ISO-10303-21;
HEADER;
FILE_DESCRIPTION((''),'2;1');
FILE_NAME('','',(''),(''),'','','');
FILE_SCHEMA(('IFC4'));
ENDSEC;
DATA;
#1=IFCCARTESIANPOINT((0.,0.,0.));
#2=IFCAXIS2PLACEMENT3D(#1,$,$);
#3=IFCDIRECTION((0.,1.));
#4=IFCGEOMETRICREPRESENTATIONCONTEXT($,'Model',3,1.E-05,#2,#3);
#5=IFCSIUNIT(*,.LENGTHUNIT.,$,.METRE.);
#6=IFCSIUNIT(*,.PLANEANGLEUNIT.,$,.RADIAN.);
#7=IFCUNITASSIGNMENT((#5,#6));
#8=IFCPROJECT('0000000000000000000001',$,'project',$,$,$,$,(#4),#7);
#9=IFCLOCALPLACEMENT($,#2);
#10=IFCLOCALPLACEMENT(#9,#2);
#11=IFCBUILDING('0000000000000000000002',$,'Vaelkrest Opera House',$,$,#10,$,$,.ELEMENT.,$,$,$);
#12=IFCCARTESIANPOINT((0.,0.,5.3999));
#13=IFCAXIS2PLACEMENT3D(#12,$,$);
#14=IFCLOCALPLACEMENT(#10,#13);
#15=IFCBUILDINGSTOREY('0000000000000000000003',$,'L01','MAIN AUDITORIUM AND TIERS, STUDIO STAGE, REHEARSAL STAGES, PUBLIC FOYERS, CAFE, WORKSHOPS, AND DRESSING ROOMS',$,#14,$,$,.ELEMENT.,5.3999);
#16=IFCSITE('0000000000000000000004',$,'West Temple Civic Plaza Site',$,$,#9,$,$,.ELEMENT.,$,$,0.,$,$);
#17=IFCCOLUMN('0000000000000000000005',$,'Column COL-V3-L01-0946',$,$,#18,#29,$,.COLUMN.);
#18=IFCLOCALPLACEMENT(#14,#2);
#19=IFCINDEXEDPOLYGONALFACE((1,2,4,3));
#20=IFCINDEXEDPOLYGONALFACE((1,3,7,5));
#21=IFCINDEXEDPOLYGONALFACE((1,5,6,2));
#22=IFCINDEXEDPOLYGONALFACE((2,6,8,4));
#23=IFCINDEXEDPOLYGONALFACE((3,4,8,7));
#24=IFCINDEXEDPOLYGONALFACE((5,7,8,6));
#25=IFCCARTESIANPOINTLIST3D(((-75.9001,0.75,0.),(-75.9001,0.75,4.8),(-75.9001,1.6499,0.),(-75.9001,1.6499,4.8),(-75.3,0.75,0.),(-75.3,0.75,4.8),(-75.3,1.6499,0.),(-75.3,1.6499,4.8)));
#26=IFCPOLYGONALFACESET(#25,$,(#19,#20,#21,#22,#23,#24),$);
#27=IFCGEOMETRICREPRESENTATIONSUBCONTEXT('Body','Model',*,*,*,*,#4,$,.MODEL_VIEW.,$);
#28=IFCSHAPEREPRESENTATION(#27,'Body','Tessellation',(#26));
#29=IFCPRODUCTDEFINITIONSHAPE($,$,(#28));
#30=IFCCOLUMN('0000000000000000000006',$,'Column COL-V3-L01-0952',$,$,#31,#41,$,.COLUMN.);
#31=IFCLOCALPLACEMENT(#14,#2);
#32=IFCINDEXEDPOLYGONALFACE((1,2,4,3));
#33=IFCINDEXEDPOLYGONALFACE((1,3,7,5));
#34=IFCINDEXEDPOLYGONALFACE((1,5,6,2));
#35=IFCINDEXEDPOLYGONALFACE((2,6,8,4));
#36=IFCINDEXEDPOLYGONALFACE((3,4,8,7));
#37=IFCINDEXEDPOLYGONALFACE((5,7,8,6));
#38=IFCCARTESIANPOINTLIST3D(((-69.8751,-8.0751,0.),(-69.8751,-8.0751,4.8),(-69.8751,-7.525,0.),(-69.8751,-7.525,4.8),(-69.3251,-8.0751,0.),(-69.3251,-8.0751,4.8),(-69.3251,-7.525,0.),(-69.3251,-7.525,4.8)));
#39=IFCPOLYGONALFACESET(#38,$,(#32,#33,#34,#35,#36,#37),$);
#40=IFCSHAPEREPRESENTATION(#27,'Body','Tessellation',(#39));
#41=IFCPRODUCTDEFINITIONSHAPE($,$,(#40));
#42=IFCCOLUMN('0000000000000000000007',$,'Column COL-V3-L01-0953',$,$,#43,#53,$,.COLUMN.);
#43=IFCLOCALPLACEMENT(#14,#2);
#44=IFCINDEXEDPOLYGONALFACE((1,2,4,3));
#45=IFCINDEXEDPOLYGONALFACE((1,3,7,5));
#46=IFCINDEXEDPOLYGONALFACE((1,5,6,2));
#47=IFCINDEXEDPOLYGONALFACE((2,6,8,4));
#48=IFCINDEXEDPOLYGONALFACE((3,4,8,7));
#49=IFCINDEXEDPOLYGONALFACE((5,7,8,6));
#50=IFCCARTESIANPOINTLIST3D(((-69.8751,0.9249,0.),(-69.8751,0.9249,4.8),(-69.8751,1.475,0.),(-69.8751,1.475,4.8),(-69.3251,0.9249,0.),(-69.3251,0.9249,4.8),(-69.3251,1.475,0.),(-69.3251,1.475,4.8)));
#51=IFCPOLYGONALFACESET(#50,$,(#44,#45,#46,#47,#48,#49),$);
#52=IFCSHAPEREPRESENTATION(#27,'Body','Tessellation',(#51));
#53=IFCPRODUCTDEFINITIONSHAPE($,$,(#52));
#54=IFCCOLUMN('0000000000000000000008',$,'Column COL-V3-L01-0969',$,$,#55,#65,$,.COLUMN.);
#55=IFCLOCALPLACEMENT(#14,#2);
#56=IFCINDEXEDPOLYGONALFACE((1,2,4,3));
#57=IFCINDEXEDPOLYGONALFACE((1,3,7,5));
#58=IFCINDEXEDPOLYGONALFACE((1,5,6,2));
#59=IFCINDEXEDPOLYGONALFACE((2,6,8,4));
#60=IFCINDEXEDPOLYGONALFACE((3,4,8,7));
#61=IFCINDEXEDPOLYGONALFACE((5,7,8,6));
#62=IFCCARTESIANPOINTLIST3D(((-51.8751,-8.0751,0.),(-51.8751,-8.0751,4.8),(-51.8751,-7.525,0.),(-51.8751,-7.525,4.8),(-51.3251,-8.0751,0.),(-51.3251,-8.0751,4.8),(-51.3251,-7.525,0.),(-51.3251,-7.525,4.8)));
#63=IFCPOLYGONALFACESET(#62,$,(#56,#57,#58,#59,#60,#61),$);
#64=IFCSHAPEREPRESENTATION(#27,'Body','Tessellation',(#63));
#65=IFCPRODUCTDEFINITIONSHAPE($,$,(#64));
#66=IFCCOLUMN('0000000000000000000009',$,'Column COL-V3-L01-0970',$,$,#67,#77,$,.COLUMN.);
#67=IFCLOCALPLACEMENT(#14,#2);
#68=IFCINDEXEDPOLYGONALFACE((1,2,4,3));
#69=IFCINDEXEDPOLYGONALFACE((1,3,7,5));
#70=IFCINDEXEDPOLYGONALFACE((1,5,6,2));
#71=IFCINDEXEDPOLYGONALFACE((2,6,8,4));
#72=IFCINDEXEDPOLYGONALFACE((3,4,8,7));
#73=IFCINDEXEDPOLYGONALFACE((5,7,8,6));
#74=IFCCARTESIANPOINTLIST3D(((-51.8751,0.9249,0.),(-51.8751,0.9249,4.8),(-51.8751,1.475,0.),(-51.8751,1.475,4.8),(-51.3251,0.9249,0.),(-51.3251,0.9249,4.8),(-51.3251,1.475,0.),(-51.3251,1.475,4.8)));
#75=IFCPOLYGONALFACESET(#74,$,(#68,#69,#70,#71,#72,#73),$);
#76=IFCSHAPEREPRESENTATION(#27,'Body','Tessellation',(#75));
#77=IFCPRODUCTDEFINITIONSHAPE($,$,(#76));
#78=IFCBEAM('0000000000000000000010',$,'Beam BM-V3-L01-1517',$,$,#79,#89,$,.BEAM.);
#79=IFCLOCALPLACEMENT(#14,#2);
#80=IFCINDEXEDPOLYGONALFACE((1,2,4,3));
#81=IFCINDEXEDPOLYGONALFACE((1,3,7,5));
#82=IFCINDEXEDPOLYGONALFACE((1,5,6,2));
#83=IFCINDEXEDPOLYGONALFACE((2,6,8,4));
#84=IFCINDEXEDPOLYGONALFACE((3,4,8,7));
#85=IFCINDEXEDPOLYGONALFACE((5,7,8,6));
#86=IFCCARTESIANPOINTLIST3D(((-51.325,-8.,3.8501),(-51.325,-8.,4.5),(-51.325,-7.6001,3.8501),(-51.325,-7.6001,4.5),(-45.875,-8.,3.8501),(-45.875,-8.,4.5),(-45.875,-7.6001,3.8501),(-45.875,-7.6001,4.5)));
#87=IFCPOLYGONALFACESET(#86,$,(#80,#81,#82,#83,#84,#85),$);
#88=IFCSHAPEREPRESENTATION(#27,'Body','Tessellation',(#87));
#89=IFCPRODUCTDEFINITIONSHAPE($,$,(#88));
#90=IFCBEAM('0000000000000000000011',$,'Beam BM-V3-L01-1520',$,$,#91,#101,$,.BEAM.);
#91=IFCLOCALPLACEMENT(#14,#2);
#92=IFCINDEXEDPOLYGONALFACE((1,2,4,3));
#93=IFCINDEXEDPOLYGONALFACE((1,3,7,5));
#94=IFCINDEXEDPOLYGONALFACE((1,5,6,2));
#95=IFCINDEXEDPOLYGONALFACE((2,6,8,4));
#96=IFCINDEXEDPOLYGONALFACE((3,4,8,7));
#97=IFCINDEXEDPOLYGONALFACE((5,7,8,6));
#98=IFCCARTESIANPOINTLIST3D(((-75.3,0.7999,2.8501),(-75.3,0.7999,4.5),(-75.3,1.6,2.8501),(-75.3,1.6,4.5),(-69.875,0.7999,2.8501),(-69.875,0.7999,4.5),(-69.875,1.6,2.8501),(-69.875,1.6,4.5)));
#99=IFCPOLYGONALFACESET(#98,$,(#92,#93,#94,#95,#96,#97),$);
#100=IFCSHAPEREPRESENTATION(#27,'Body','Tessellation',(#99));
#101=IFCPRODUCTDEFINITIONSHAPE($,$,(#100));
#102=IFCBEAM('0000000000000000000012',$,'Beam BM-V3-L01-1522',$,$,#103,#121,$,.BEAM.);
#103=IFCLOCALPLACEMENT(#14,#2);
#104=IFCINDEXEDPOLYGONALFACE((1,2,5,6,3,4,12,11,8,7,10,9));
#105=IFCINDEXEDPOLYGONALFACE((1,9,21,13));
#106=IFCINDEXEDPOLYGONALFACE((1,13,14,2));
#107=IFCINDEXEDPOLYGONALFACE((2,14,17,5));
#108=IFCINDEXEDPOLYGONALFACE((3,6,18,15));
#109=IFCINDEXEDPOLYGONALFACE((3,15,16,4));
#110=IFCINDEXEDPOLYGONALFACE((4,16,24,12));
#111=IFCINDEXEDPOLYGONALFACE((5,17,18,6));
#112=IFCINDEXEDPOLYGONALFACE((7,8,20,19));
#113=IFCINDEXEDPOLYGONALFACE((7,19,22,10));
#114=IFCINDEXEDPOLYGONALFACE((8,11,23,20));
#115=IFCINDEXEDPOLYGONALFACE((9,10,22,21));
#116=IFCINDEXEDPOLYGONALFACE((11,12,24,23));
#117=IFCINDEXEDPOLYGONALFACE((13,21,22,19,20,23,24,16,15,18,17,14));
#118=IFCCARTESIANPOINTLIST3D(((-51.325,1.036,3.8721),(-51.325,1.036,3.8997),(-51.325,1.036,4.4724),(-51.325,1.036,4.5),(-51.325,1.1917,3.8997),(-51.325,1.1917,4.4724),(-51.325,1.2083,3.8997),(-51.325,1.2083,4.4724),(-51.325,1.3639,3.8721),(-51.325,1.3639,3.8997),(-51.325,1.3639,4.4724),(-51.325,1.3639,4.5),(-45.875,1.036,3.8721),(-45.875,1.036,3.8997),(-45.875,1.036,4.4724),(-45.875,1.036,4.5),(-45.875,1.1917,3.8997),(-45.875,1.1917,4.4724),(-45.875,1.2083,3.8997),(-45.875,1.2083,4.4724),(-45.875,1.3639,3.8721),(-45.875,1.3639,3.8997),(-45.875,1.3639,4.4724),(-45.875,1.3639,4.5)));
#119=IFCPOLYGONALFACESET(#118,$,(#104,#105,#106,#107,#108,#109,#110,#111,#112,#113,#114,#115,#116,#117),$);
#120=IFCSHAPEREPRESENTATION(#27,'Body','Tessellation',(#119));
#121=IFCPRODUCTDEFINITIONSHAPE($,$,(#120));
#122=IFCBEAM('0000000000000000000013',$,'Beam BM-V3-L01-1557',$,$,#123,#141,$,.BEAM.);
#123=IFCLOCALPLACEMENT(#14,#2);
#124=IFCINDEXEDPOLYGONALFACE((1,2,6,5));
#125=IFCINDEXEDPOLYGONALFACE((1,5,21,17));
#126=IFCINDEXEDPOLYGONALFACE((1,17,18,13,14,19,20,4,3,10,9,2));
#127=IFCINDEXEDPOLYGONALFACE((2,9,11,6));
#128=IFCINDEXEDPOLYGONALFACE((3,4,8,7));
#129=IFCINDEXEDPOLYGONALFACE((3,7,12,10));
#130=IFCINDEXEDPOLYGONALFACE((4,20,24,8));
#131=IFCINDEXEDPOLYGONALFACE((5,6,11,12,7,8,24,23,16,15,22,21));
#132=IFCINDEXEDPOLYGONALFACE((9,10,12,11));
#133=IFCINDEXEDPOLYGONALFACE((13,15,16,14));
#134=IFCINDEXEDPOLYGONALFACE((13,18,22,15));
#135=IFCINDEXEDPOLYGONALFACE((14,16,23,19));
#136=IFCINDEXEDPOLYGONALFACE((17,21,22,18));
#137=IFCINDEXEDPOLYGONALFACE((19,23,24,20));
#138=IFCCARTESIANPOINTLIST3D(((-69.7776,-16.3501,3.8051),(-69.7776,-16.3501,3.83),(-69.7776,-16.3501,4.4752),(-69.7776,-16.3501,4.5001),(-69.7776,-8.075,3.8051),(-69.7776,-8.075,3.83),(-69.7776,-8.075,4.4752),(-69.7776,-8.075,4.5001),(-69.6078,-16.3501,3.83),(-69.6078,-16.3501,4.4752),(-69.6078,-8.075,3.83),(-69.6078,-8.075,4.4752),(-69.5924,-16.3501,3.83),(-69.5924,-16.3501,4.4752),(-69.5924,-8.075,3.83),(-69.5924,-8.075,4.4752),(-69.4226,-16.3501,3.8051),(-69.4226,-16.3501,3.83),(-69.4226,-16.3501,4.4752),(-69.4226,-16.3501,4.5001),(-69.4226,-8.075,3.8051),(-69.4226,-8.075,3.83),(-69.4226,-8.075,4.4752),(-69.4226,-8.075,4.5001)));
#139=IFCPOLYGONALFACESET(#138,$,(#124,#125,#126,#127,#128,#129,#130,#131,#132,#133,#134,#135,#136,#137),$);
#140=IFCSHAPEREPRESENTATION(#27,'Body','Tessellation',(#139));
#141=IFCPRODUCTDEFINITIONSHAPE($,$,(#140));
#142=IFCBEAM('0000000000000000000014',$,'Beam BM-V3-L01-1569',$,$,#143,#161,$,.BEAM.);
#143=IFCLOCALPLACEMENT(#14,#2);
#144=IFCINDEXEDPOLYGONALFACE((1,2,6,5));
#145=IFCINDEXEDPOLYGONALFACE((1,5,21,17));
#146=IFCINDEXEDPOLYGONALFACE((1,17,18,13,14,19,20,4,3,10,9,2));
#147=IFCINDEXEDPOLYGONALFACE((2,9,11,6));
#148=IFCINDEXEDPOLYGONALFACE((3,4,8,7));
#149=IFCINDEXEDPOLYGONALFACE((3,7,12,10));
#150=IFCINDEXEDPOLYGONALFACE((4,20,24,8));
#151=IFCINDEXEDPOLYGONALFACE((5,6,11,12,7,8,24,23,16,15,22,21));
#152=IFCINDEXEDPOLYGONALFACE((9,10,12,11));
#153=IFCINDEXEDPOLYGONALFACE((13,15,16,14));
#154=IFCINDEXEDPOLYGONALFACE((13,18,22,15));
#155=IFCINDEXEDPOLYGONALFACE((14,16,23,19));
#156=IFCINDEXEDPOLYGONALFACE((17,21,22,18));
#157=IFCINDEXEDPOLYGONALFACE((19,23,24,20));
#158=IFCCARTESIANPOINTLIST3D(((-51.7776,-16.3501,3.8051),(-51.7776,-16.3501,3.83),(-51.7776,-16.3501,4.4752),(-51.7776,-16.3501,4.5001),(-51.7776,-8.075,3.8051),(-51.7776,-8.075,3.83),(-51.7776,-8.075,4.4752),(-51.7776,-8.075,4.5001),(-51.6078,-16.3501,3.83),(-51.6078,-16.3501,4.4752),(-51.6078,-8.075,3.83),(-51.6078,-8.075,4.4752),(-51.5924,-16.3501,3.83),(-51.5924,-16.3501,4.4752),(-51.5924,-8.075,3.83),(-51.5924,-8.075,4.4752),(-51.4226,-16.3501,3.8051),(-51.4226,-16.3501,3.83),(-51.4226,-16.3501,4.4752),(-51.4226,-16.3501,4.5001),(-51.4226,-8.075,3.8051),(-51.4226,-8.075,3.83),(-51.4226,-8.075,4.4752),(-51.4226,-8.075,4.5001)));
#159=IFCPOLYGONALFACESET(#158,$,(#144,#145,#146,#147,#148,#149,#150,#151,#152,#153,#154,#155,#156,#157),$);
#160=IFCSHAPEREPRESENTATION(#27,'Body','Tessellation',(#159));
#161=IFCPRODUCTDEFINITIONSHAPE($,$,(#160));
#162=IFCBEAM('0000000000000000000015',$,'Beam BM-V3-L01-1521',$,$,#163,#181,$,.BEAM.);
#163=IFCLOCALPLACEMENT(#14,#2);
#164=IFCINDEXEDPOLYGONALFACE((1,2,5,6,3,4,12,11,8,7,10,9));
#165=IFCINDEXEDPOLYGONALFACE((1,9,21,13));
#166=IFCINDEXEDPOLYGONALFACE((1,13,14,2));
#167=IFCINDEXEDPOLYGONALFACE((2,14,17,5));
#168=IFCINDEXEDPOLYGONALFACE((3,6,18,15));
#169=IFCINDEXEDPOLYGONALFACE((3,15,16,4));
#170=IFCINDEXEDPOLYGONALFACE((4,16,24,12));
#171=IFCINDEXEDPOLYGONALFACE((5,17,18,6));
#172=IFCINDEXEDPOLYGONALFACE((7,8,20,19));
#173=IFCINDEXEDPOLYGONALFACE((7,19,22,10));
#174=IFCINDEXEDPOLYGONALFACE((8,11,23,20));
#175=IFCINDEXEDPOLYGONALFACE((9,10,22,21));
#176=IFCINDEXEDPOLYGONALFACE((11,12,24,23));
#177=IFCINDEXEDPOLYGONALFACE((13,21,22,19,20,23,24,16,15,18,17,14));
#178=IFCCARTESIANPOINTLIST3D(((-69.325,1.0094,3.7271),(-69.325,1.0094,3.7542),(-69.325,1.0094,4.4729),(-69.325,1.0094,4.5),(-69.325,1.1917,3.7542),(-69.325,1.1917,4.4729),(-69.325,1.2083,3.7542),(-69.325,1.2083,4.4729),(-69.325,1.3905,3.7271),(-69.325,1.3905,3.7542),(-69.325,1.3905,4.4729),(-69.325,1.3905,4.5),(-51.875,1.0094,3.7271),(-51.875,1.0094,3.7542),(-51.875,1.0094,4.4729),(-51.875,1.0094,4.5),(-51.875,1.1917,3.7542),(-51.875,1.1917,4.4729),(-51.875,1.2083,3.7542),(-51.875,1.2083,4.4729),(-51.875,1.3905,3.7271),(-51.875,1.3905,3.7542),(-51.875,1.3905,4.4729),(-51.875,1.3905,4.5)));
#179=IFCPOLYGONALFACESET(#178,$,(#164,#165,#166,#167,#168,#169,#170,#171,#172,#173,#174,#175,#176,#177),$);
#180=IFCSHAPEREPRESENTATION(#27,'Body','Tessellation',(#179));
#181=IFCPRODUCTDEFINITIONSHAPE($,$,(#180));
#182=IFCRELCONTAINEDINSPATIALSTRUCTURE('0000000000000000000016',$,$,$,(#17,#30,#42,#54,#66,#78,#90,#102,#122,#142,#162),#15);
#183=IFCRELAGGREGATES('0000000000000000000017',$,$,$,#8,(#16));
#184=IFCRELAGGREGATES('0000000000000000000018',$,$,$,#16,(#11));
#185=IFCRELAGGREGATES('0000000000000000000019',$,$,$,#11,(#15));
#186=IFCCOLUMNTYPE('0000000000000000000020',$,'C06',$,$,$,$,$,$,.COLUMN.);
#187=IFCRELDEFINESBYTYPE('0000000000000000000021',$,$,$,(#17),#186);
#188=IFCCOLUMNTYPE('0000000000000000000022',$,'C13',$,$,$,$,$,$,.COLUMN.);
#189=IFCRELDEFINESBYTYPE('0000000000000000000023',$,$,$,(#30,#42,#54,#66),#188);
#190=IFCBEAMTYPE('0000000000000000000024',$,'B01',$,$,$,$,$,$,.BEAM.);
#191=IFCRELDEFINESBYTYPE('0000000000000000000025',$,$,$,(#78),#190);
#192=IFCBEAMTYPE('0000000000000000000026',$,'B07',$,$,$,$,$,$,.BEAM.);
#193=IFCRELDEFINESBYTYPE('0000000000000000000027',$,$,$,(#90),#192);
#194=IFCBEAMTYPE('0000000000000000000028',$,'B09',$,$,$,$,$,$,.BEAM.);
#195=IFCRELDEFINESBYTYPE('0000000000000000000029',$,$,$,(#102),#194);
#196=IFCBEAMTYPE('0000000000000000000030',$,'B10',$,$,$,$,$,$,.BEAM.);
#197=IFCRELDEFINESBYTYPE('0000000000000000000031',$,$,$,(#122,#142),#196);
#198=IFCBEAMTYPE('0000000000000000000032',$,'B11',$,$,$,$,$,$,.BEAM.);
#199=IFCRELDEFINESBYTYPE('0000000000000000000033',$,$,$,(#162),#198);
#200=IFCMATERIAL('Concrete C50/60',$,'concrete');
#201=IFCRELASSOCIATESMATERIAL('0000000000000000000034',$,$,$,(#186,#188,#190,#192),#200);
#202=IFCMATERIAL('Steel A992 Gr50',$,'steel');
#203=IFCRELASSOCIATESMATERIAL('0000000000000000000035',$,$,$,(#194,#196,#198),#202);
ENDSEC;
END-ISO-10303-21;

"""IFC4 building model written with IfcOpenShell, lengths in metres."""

from ifc_helpers import new_model, si_unit, direction, frame, origin, origin_2d, place, context, subcontext, project, spatial, rectangle, i_section, extrude, material, material_profile, profile_set, type_object, element, save


model = new_model("IFC4")

# Units and contexts
model_context = context("Model", 3, precision=1e-05, world=origin(), true_north=direction((0.0, 1.0)))
body_context = subcontext(model_context, "Body", "Model", "MODEL_VIEW")
ifc_project = project(units=[si_unit("LENGTHUNIT", "METRE"), si_unit("PLANEANGLEUNIT", "RADIAN")], contexts=[model_context])

# Site, building, storey
site_placement = place(None, origin())
site = spatial("IfcSite", under=ifc_project, at=site_placement, Name="West Temple Civic Plaza Site", CompositionType="ELEMENT", RefElevation=0.0)
building_placement = place(site_placement, origin())
building = spatial("IfcBuilding", under=site, at=building_placement, Name="Vaelkrest Opera House", CompositionType="ELEMENT")
storey_placement = place(building_placement, frame((0.0, 0.0, 5.3999)))
storey = spatial("IfcBuildingStorey", under=building, at=storey_placement, Name="L01", Description="MAIN AUDITORIUM AND TIERS, STUDIO STAGE, REHEARSAL STAGES, PUBLIC FOYERS, CAFE, WORKSHOPS, AND DRESSING ROOMS", CompositionType="ELEMENT", Elevation=5.3999)

# Columns
ifc_material_1 = material(Name="Concrete C50/60", Category="concrete")
ifc_material_profile_1 = material_profile(ifc_material_1, rectangle(XDim=0.6001, YDim=0.8999, at=origin_2d()), Name="RC600X900")
ifc_profile_set_1 = profile_set([ifc_material_profile_1], Name="Concrete C50/60")
column_type_1 = type_object("IfcColumnType", Name="C06", PredefinedType="COLUMN", material=ifc_profile_set_1)
column_placement = place(storey_placement, frame((-75.6001, 1.2, 0.0), z_axis=(0.0, 0.0, 1.0), x_axis=(1.0, 0.0, 0.0)))
element("IfcColumn", 1, at=column_placement, inside=storey, type_object=column_type_1, Name="Column COL-V3-L01-0946", PredefinedType="COLUMN", context=body_context, shape_type="SweptSolid", body=[
    extrude(rectangle(XDim=0.6001, YDim=0.8999, at=origin_2d()), origin(), (0.0, 0.0, 1.0), 4.8),
])
ifc_material_profile_2 = material_profile(ifc_material_1, rectangle(XDim=0.55, YDim=0.55, at=origin_2d()), Name="RC550X550")
ifc_profile_set_2 = profile_set([ifc_material_profile_2], Name="Concrete C50/60")
column_type_2 = type_object("IfcColumnType", Name="C13", PredefinedType="COLUMN", material=ifc_profile_set_2)
for number, where, z_axis, x_axis, name in (
    (2, (-69.6001, -7.8, 0.0), (0.0, 0.0, 1.0), (1.0, 0.0, 0.0), "Column COL-V3-L01-0952"),
    (3, (-69.6001, 1.2, 0.0), (0.0, 0.0, 1.0), (1.0, 0.0, 0.0), "Column COL-V3-L01-0953"),
    (4, (-51.6001, -7.8, 0.0), (0.0, 0.0, 1.0), (1.0, 0.0, 0.0), "Column COL-V3-L01-0969"),
    (5, (-51.6001, 1.2, 0.0), (0.0, 0.0, 1.0), (1.0, 0.0, 0.0), "Column COL-V3-L01-0970"),
):
    element("IfcColumn", number, at=place(storey_placement, frame(where, z_axis=z_axis, x_axis=x_axis)), inside=storey, type_object=column_type_2, Name=name, PredefinedType="COLUMN", context=body_context, shape_type="SweptSolid", body=[
        extrude(rectangle(XDim=0.55, YDim=0.55, at=origin_2d()), origin(), (0.0, 0.0, 1.0), 4.8),
    ])

# Beams
ifc_material_profile_3 = material_profile(ifc_material_1, rectangle(XDim=0.3999, YDim=0.6499, at=origin_2d()), Name="RCB400X650")
ifc_profile_set_3 = profile_set([ifc_material_profile_3], Name="Concrete C50/60")
beam_type_1 = type_object("IfcBeamType", Name="B01", PredefinedType="BEAM", material=ifc_profile_set_3)
beam_1_placement = place(storey_placement, frame((-51.325, -7.8, 4.175), z_axis=(1.0, 0.0, 0.0), x_axis=(0.0, 1.0, 0.0)))
element("IfcBeam", 6, at=beam_1_placement, inside=storey, type_object=beam_type_1, Name="Beam BM-V3-L01-1517", PredefinedType="BEAM", context=body_context, shape_type="SweptSolid", body=[
    extrude(rectangle(XDim=0.3999, YDim=0.6499, at=origin_2d()), origin(), (0.0, 0.0, 1.0), 5.45),
])
ifc_material_profile_4 = material_profile(ifc_material_1, rectangle(XDim=0.8, YDim=1.6499, at=origin_2d()), Name="RCB800X1650")
ifc_profile_set_4 = profile_set([ifc_material_profile_4], Name="Concrete C50/60")
beam_type_2 = type_object("IfcBeamType", Name="B07", PredefinedType="BEAM", material=ifc_profile_set_4)
beam_2_placement = place(storey_placement, frame((-75.3, 1.2, 3.675), z_axis=(1.0, 0.0, 0.0), x_axis=(0.0, 1.0, 0.0)))
element("IfcBeam", 7, at=beam_2_placement, inside=storey, type_object=beam_type_2, Name="Beam BM-V3-L01-1520", PredefinedType="BEAM", context=body_context, shape_type="SweptSolid", body=[
    extrude(rectangle(XDim=0.8, YDim=1.6499, at=origin_2d()), origin(), (0.0, 0.0, 1.0), 5.425),
])
ifc_material_2 = material(Name="Steel A992 Gr50", Category="steel")
ifc_material_profile_5 = material_profile(ifc_material_2, i_section(OverallWidth=0.3279, OverallDepth=0.6279, WebThickness=0.0166, FlangeThickness=0.0276, at=origin_2d()), Name="W24X146")
ifc_profile_set_5 = profile_set([ifc_material_profile_5], Name="Steel A992 Gr50")
beam_type_3 = type_object("IfcBeamType", Name="B09", PredefinedType="BEAM", material=ifc_profile_set_5)
beam_3_placement = place(storey_placement, frame((-51.325, 1.2, 4.186), z_axis=(1.0, 0.0, 0.0), x_axis=(0.0, 1.0, 0.0)))
element("IfcBeam", 8, at=beam_3_placement, inside=storey, type_object=beam_type_3, Name="Beam BM-V3-L01-1522", PredefinedType="BEAM", context=body_context, shape_type="SweptSolid", body=[
    extrude(i_section(OverallWidth=0.3279, OverallDepth=0.6279, WebThickness=0.0166, FlangeThickness=0.0276, at=origin_2d()), origin(), (0.0, 0.0, 1.0), 5.45),
])
ifc_material_profile_6 = material_profile(ifc_material_2, i_section(OverallWidth=0.355, OverallDepth=0.6951, WebThickness=0.0154, FlangeThickness=0.0249, at=origin_2d()), Name="W27X146")
ifc_profile_set_6 = profile_set([ifc_material_profile_6], Name="Steel A992 Gr50")
beam_type_4 = type_object("IfcBeamType", Name="B10", PredefinedType="BEAM", material=ifc_profile_set_6)
for number, where, z_axis, x_axis, name in (
    (9, (-69.6001, -16.3501, 4.1526), (0.0, 1.0, 0.0), (-1.0, 0.0, 0.0), "Beam BM-V3-L01-1557"),
    (10, (-51.6001, -16.3501, 4.1526), (0.0, 1.0, 0.0), (-1.0, 0.0, 0.0), "Beam BM-V3-L01-1569"),
):
    element("IfcBeam", number, at=place(storey_placement, frame(where, z_axis=z_axis, x_axis=x_axis)), inside=storey, type_object=beam_type_4, Name=name, PredefinedType="BEAM", context=body_context, shape_type="SweptSolid", body=[
        extrude(i_section(OverallWidth=0.355, OverallDepth=0.6951, WebThickness=0.0154, FlangeThickness=0.0249, at=origin_2d()), origin(), (0.0, 0.0, 1.0), 8.2751),
    ])
ifc_material_profile_7 = material_profile(ifc_material_2, i_section(OverallWidth=0.3811, OverallDepth=0.7729, WebThickness=0.0166, FlangeThickness=0.0271, at=origin_2d()), Name="W30X173")
ifc_profile_set_7 = profile_set([ifc_material_profile_7], Name="Steel A992 Gr50")
beam_type_5 = type_object("IfcBeamType", Name="B11", PredefinedType="BEAM", material=ifc_profile_set_7)
beam_4_placement = place(storey_placement, frame((-69.325, 1.2, 4.1135), z_axis=(1.0, 0.0, 0.0), x_axis=(0.0, 1.0, 0.0)))
element("IfcBeam", 11, at=beam_4_placement, inside=storey, type_object=beam_type_5, Name="Beam BM-V3-L01-1521", PredefinedType="BEAM", context=body_context, shape_type="SweptSolid", body=[
    extrude(i_section(OverallWidth=0.3811, OverallDepth=0.7729, WebThickness=0.0166, FlangeThickness=0.0271, at=origin_2d()), origin(), (0.0, 0.0, 1.0), 17.45),
])

save(model, "model.ifc")
